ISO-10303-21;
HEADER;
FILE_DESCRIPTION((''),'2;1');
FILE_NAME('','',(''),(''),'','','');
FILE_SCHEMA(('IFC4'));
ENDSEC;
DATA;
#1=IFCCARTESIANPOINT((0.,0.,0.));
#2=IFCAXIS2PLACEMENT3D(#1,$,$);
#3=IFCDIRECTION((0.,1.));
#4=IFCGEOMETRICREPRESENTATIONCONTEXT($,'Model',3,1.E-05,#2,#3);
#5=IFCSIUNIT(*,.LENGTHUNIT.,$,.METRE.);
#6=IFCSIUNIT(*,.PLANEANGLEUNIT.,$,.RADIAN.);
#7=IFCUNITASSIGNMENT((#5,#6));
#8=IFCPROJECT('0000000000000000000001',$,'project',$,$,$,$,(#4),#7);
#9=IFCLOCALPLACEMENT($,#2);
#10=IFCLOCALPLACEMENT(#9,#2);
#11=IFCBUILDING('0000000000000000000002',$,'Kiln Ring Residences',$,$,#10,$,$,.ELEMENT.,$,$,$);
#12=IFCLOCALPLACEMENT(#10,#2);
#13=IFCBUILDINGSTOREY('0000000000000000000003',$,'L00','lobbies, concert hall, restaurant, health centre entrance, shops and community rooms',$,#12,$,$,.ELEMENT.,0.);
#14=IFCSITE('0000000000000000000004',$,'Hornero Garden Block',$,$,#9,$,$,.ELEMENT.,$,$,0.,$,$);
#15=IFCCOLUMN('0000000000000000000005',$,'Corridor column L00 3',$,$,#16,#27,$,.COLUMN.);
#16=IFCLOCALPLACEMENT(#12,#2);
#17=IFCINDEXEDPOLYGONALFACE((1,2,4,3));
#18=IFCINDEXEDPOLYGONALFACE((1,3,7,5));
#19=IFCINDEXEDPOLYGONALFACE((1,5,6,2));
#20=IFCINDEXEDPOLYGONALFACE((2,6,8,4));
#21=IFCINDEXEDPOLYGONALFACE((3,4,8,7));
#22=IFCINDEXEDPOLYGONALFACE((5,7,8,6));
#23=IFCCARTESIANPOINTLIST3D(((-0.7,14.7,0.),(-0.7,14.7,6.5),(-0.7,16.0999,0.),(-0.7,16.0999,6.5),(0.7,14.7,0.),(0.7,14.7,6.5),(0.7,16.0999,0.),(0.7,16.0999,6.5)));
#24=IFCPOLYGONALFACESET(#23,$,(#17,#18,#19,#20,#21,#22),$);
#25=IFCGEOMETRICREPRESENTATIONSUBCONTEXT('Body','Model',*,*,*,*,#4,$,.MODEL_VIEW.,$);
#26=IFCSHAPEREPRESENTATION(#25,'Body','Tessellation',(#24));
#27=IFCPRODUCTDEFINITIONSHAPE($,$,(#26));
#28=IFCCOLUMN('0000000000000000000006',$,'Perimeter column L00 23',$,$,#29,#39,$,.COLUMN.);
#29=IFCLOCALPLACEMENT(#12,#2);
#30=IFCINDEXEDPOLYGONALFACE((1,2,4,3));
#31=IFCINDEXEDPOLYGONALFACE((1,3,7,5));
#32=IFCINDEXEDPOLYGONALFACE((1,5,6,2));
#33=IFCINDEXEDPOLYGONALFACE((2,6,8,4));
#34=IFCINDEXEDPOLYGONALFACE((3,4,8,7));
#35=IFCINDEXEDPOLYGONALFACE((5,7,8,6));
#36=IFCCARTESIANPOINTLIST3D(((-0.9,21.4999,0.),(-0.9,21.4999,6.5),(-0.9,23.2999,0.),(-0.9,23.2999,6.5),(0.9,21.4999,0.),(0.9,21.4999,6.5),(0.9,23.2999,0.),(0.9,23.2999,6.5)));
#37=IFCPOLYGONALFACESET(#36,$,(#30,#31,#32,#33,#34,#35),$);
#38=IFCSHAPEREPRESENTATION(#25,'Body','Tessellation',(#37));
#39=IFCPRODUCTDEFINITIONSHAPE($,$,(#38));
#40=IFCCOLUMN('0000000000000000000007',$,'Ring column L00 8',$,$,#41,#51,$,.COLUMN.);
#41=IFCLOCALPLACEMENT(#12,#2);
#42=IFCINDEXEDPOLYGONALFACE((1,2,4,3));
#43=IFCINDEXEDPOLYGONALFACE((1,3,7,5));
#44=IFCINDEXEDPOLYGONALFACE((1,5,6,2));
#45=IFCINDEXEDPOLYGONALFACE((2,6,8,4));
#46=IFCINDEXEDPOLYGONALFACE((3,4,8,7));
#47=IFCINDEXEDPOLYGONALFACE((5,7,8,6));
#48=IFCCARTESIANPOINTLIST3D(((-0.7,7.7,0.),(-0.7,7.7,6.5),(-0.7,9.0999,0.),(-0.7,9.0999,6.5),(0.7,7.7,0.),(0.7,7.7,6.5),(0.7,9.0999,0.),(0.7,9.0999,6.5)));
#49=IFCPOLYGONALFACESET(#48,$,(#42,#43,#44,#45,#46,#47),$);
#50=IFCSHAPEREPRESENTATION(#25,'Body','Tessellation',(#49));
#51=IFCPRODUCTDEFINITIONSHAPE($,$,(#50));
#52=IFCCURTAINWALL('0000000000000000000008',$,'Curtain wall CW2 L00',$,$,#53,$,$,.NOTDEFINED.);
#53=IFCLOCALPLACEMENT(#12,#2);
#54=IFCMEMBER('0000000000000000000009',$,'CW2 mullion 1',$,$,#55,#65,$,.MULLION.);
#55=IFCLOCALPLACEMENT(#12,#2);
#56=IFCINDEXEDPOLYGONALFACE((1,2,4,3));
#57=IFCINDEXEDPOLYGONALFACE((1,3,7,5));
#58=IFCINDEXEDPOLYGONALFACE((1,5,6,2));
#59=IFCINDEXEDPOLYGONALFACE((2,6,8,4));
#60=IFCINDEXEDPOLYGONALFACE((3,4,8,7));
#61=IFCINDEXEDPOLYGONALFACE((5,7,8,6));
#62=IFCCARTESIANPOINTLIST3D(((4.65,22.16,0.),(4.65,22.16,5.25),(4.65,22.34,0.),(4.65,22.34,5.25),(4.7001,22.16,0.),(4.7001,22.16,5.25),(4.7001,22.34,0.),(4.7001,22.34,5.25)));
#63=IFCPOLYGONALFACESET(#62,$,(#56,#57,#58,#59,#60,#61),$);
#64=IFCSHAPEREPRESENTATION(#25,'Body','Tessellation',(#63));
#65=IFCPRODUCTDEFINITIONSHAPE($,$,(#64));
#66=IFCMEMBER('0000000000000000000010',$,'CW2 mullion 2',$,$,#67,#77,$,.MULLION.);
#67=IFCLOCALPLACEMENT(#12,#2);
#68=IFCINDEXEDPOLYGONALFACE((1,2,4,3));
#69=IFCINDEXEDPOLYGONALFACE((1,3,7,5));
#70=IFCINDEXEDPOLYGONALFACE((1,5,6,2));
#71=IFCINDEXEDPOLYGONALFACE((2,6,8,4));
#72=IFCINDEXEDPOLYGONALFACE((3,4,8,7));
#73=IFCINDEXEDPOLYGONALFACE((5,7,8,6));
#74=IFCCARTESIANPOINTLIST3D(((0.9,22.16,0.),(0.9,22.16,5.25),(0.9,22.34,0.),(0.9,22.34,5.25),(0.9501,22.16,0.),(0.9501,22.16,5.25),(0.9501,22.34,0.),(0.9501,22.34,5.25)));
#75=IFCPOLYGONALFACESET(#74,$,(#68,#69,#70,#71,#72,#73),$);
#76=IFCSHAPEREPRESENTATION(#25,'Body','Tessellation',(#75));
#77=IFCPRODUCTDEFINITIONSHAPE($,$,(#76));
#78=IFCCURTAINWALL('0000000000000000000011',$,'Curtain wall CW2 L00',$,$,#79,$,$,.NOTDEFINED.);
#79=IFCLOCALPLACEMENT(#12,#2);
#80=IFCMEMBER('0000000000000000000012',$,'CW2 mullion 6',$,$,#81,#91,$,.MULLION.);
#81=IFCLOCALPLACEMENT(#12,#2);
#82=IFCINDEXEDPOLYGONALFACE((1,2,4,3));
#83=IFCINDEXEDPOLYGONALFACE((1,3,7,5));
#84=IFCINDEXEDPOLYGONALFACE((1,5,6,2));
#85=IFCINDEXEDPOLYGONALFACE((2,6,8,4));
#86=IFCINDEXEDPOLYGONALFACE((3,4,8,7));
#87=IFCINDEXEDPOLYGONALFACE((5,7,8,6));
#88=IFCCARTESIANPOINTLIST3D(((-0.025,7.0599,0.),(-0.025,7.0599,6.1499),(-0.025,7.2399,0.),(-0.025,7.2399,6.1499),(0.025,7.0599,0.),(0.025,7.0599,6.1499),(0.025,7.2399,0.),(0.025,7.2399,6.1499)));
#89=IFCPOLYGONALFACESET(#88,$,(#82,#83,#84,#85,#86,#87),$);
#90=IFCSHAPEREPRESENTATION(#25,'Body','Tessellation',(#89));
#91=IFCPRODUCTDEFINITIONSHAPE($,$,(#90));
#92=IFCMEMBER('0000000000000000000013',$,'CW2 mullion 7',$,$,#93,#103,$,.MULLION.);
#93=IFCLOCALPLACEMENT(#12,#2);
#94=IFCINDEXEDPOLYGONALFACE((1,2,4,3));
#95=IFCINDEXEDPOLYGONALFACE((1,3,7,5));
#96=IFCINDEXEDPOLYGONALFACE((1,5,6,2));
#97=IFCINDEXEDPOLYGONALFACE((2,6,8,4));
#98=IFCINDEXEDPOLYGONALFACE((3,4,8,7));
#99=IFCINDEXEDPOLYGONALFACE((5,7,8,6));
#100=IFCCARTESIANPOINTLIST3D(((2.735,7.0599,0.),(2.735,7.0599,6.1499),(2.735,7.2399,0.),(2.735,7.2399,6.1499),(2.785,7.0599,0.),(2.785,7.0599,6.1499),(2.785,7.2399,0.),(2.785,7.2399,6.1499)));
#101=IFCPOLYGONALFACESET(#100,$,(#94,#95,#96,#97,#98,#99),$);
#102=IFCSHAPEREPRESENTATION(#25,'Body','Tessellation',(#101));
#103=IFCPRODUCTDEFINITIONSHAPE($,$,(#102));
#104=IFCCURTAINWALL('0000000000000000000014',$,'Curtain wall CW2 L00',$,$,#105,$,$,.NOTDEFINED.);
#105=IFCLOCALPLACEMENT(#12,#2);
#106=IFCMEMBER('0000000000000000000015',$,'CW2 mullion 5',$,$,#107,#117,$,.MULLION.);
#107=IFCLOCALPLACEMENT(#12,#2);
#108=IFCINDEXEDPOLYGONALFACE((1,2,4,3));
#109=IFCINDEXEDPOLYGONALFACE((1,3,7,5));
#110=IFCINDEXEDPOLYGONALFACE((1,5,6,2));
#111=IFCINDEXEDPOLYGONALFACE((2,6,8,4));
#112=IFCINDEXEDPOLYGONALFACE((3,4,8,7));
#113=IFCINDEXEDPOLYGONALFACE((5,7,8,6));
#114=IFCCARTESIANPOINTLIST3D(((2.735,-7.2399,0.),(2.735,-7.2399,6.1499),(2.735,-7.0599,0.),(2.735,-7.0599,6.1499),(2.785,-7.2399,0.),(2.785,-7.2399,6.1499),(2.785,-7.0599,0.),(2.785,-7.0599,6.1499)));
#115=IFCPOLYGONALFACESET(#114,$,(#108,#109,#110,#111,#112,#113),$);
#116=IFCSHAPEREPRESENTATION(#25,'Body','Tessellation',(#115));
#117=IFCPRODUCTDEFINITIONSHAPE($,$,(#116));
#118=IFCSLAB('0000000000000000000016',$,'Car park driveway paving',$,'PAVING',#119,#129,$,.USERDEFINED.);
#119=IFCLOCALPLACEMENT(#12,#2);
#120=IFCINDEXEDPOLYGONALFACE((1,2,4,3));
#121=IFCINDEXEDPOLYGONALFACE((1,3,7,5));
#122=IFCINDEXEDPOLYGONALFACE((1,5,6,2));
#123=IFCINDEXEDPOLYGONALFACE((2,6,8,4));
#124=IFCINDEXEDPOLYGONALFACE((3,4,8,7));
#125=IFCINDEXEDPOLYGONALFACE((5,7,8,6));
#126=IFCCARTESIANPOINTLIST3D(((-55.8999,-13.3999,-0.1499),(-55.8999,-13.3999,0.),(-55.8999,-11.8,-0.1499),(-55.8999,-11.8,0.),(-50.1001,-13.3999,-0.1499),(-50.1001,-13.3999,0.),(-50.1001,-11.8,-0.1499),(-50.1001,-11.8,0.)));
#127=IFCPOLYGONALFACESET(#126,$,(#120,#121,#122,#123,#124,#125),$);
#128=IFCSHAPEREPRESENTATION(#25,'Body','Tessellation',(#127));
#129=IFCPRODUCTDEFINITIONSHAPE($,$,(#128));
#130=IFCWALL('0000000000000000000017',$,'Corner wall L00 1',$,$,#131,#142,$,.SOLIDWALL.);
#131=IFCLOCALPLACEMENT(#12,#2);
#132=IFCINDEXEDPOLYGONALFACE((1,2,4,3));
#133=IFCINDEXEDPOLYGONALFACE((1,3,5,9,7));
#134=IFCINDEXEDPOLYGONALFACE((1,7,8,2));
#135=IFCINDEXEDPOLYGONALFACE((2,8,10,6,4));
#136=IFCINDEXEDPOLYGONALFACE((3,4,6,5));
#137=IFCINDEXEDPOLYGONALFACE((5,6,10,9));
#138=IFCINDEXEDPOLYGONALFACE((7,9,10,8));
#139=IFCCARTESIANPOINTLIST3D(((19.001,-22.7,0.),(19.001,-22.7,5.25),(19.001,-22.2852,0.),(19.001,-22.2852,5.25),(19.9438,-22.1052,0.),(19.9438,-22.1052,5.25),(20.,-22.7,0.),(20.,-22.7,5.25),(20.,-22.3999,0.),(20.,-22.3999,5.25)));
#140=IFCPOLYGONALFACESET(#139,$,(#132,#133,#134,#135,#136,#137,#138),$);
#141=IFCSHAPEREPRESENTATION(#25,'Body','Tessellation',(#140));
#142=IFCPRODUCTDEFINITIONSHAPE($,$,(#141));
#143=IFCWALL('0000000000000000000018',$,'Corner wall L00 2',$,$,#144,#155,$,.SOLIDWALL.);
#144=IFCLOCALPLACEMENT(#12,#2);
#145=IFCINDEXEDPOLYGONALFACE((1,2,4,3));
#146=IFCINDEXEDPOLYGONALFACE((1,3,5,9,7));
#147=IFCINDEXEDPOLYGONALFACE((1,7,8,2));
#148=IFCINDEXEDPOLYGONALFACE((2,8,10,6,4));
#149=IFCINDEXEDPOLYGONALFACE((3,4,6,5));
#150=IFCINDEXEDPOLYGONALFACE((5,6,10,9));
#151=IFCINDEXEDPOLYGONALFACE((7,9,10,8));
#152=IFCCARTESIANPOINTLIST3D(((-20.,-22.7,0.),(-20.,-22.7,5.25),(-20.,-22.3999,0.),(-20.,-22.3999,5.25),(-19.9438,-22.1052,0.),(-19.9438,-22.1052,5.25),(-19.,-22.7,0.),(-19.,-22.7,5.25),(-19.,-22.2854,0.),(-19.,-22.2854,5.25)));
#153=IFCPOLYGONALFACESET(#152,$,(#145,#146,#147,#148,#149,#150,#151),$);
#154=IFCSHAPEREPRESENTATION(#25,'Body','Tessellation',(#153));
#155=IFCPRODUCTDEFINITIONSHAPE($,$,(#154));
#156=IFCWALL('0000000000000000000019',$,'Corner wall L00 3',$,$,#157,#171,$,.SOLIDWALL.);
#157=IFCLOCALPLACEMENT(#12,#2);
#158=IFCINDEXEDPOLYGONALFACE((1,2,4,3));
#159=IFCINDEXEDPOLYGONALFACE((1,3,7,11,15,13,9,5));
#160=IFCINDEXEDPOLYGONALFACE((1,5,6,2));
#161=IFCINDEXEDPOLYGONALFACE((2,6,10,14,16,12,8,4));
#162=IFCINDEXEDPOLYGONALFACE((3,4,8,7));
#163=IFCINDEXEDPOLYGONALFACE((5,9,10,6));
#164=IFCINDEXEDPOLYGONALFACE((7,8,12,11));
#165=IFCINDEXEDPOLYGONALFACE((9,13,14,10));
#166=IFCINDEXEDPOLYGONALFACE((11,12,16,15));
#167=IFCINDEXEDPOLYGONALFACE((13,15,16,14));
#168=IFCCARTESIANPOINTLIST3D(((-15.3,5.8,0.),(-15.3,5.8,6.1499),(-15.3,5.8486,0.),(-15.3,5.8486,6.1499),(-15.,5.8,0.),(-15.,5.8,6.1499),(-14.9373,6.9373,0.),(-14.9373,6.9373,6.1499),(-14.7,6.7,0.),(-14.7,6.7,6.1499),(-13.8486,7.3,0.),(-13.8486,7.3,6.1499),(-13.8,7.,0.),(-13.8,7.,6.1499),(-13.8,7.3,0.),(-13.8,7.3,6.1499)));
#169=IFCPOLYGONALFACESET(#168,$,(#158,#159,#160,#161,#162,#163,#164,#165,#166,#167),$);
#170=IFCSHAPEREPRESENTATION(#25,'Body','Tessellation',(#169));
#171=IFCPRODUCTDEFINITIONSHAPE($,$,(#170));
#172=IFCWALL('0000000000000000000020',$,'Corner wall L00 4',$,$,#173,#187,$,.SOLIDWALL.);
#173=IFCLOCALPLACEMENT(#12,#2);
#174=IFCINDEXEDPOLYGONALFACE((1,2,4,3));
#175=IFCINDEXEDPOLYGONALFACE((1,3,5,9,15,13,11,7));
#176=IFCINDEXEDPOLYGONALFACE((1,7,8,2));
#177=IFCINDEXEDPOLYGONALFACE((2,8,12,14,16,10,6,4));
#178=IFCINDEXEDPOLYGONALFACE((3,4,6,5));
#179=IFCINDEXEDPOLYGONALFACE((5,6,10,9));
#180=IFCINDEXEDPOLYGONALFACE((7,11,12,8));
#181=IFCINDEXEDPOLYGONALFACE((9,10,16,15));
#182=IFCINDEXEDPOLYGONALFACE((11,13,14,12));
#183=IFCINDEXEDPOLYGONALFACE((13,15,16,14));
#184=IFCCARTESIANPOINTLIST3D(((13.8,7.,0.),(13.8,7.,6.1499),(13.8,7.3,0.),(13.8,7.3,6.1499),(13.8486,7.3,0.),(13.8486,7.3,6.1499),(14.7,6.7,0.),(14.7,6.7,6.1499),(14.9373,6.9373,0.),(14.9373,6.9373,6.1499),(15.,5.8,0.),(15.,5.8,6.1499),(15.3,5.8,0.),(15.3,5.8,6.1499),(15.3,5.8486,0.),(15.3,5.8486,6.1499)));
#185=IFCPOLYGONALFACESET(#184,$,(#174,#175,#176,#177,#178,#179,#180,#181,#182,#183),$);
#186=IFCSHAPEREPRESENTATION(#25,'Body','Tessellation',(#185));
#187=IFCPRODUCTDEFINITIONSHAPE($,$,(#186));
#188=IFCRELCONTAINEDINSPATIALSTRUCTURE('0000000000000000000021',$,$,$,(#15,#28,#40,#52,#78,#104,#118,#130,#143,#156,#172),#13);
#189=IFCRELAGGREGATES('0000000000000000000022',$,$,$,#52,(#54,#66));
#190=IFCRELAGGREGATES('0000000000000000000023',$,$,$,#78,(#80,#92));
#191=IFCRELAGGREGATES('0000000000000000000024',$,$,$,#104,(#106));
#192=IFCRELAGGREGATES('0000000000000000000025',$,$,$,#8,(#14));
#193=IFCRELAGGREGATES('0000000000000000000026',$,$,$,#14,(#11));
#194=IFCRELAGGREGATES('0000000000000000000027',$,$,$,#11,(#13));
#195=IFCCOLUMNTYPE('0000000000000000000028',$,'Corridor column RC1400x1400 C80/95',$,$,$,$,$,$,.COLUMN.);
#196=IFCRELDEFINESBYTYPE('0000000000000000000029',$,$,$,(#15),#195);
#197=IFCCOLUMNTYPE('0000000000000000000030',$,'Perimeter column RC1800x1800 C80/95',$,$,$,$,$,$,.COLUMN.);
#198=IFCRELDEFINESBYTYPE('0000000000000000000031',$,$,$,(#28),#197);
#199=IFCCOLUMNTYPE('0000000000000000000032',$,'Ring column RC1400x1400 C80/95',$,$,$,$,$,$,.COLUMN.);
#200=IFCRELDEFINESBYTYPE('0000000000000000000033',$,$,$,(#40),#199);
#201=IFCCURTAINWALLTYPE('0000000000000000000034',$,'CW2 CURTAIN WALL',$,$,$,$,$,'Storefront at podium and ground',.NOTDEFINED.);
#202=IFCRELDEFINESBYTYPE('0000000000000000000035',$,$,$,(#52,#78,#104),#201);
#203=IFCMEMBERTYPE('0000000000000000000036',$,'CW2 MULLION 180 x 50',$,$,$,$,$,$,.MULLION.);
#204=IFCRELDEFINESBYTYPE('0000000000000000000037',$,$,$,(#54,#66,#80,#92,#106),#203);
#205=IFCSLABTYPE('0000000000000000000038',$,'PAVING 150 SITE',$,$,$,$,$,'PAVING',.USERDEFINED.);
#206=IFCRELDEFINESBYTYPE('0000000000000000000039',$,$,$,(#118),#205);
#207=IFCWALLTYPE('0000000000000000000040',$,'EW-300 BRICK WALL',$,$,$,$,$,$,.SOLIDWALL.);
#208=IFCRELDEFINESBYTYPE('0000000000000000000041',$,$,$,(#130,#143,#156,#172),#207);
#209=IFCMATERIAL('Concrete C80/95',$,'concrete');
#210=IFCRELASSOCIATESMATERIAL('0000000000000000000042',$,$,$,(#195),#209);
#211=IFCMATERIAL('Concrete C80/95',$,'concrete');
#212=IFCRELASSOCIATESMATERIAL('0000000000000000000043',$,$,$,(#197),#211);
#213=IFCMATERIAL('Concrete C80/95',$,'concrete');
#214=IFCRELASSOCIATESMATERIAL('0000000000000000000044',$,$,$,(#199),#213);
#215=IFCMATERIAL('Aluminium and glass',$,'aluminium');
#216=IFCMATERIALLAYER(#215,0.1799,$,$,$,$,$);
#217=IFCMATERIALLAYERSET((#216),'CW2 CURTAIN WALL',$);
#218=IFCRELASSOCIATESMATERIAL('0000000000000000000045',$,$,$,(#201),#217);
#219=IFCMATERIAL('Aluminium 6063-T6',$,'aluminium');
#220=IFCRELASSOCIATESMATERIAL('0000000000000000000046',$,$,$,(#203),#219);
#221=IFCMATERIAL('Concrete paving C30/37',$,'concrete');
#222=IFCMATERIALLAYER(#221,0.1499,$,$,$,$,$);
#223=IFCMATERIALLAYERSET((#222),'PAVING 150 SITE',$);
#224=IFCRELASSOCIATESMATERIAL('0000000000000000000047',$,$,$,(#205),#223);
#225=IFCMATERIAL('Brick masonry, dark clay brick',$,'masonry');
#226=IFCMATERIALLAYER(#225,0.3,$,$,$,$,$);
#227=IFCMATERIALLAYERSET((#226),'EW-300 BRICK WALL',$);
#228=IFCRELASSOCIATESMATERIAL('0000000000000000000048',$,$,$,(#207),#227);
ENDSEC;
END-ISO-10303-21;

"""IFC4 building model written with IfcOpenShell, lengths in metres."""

from ifc_helpers import new_model, si_unit, direction, frame, origin, origin_2d, place, context, subcontext, project, spatial, polyline, rectangle, outline, extrude, material, layer, layer_set, material_profile, profile_set, type_object, element, aggregate, save


model = new_model("IFC4")

# Units and contexts
model_context = context("Model", 3, precision=1e-05, world=origin(), true_north=direction((0.0, 1.0)))
body_context = subcontext(model_context, "Body", "Model", "MODEL_VIEW")
ifc_project = project(units=[si_unit("LENGTHUNIT", "METRE"), si_unit("PLANEANGLEUNIT", "RADIAN")], contexts=[model_context])

# Site, building, storey
site_placement = place(None, origin())
site = spatial("IfcSite", under=ifc_project, at=site_placement, Name="Hornero Garden Block", CompositionType="ELEMENT", RefElevation=0.0)
building_placement = place(site_placement, origin())
building = spatial("IfcBuilding", under=site, at=building_placement, Name="Kiln Ring Residences", CompositionType="ELEMENT")
storey_placement = place(building_placement, origin())
storey = spatial("IfcBuildingStorey", under=building, at=storey_placement, Name="L00", Description="lobbies, concert hall, restaurant, health centre entrance, shops and community rooms", CompositionType="ELEMENT", Elevation=0.0)

# Columns
ifc_material_1 = material(Name="Concrete C80/95", Category="concrete")
ifc_material_profile_1 = material_profile(ifc_material_1, rectangle(XDim=1.3999, YDim=1.3999, at=origin_2d()), Name="RC1400x1400")
ifc_profile_set_1 = profile_set([ifc_material_profile_1], Name="Concrete C80/95")
column_type_1 = type_object("IfcColumnType", Name="Corridor column RC1400x1400 C80/95", PredefinedType="COLUMN", material=ifc_profile_set_1)
column_1_placement = place(storey_placement, frame((0.0, 15.3999, 0.0), z_axis=(0.0, 0.0, 1.0), x_axis=(1.0, 0.0, 0.0)))
element("IfcColumn", 1, at=column_1_placement, inside=storey, type_object=column_type_1, Name="Corridor column L00 3", PredefinedType="COLUMN", context=body_context, shape_type="SweptSolid", body=[
    extrude(rectangle(XDim=1.3999, YDim=1.3999, at=origin_2d()), origin(), (0.0, 0.0, 1.0), 6.5),
])
ifc_material_2 = material(Name="Concrete C80/95", Category="concrete")
ifc_material_profile_2 = material_profile(ifc_material_2, rectangle(XDim=1.8, YDim=1.8, at=origin_2d()), Name="RC1800x1800")
ifc_profile_set_2 = profile_set([ifc_material_profile_2], Name="Concrete C80/95")
column_type_2 = type_object("IfcColumnType", Name="Perimeter column RC1800x1800 C80/95", PredefinedType="COLUMN", material=ifc_profile_set_2)
column_2_placement = place(storey_placement, frame((0.0, 22.3999, 0.0), z_axis=(0.0, 0.0, 1.0), x_axis=(1.0, 0.0, 0.0)))
element("IfcColumn", 2, at=column_2_placement, inside=storey, type_object=column_type_2, Name="Perimeter column L00 23", PredefinedType="COLUMN", context=body_context, shape_type="SweptSolid", body=[
    extrude(rectangle(XDim=1.8, YDim=1.8, at=origin_2d()), origin(), (0.0, 0.0, 1.0), 6.5),
])
ifc_material_3 = material(Name="Concrete C80/95", Category="concrete")
ifc_material_profile_3 = material_profile(ifc_material_3, rectangle(XDim=1.3999, YDim=1.3999, at=origin_2d()), Name="RC1400x1400")
ifc_profile_set_3 = profile_set([ifc_material_profile_3], Name="Concrete C80/95")
column_type_3 = type_object("IfcColumnType", Name="Ring column RC1400x1400 C80/95", PredefinedType="COLUMN", material=ifc_profile_set_3)
column_3_placement = place(storey_placement, frame((0.0, 8.3999, 0.0), z_axis=(0.0, 0.0, 1.0), x_axis=(1.0, 0.0, 0.0)))
element("IfcColumn", 3, at=column_3_placement, inside=storey, type_object=column_type_3, Name="Ring column L00 8", PredefinedType="COLUMN", context=body_context, shape_type="SweptSolid", body=[
    extrude(rectangle(XDim=1.3999, YDim=1.3999, at=origin_2d()), origin(), (0.0, 0.0, 1.0), 6.5),
])

# Curtain walls, members
ifc_material_4 = material(Name="Aluminium and glass", Category="aluminium")
ifc_layer_1 = layer(ifc_material_4, 0.1799)
ifc_layer_set_1 = layer_set([ifc_layer_1], Name="CW2 CURTAIN WALL")
curtain_wall_type = type_object("IfcCurtainWallType", Name="CW2 CURTAIN WALL", ElementType="Storefront at podium and ground", PredefinedType="NOTDEFINED", material=ifc_layer_set_1)
placement_1 = place(storey_placement, origin())
curtain_wall_1 = element("IfcCurtainWall", 4, at=placement_1, inside=storey, type_object=curtain_wall_type, Name="Curtain wall CW2 L00", PredefinedType="NOTDEFINED")
ifc_material_5 = material(Name="Aluminium 6063-T6", Category="aluminium")
ifc_material_profile_4 = material_profile(ifc_material_5, rectangle(XDim=0.1799, YDim=0.05, at=origin_2d()), Name="AL 180x50")
ifc_profile_set_4 = profile_set([ifc_material_profile_4], Name="Aluminium 6063-T6")
member_type = type_object("IfcMemberType", Name="CW2 MULLION 180 x 50", PredefinedType="MULLION", material=ifc_profile_set_4)
member_1_placement = place(storey_placement, frame((4.675, 22.25, 0.0), z_axis=(0.0, 0.0, 1.0), x_axis=(0.0, -1.0, 0.0)))
member_1 = element("IfcMember", 5, at=member_1_placement, type_object=member_type, Name="CW2 mullion 1", PredefinedType="MULLION", context=body_context, shape_type="SweptSolid", body=[
    extrude(rectangle(XDim=0.1799, YDim=0.05, at=origin_2d()), origin(), (0.0, 0.0, 1.0), 5.25),
])
member_2_placement = place(storey_placement, frame((0.925, 22.25, 0.0), z_axis=(0.0, 0.0, 1.0), x_axis=(0.0, -1.0, 0.0)))
member_2 = element("IfcMember", 6, at=member_2_placement, type_object=member_type, Name="CW2 mullion 2", PredefinedType="MULLION", context=body_context, shape_type="SweptSolid", body=[
    extrude(rectangle(XDim=0.1799, YDim=0.05, at=origin_2d()), origin(), (0.0, 0.0, 1.0), 5.25),
])
aggregate(curtain_wall_1, [member_1, member_2])
curtain_wall_2 = element("IfcCurtainWall", 7, at=placement_1, inside=storey, type_object=curtain_wall_type, Name="Curtain wall CW2 L00", PredefinedType="NOTDEFINED")
member_3_placement = place(storey_placement, frame((0.0, 7.1499, 0.0), z_axis=(0.0, 0.0, 1.0), x_axis=(0.0, 1.0, 0.0)))
member_3 = element("IfcMember", 8, at=member_3_placement, type_object=member_type, Name="CW2 mullion 6", PredefinedType="MULLION", context=body_context, shape_type="SweptSolid", body=[
    extrude(rectangle(XDim=0.1799, YDim=0.05, at=origin_2d()), origin(), (0.0, 0.0, 1.0), 6.1499),
])
member_4_placement = place(storey_placement, frame((2.76, 7.1499, 0.0), z_axis=(0.0, 0.0, 1.0), x_axis=(0.0, 1.0, 0.0)))
member_4 = element("IfcMember", 9, at=member_4_placement, type_object=member_type, Name="CW2 mullion 7", PredefinedType="MULLION", context=body_context, shape_type="SweptSolid", body=[
    extrude(rectangle(XDim=0.1799, YDim=0.05, at=origin_2d()), origin(), (0.0, 0.0, 1.0), 6.1499),
])
aggregate(curtain_wall_2, [member_3, member_4])

# Curtain wall, member
curtain_wall_3 = element("IfcCurtainWall", 10, at=placement_1, inside=storey, type_object=curtain_wall_type, Name="Curtain wall CW2 L00", PredefinedType="NOTDEFINED")
member_5_placement = place(storey_placement, frame((2.76, -7.1499, 0.0), z_axis=(0.0, 0.0, 1.0), x_axis=(0.0, -1.0, 0.0)))
member_5 = element("IfcMember", 11, at=member_5_placement, type_object=member_type, Name="CW2 mullion 5", PredefinedType="MULLION", context=body_context, shape_type="SweptSolid", body=[
    extrude(rectangle(XDim=0.1799, YDim=0.05, at=origin_2d()), origin(), (0.0, 0.0, 1.0), 6.1499),
])
aggregate(curtain_wall_3, [member_5])

# Slab
ifc_material_6 = material(Name="Concrete paving C30/37", Category="concrete")
ifc_layer_2 = layer(ifc_material_6, 0.1499)
ifc_layer_set_2 = layer_set([ifc_layer_2], Name="PAVING 150 SITE")
slab_type = type_object("IfcSlabType", Name="PAVING 150 SITE", ElementType="PAVING", PredefinedType="USERDEFINED", material=ifc_layer_set_2)
placement_2 = place(storey_placement, frame((0.0, 0.0, -0.1499)))
element("IfcSlab", 12, at=placement_2, inside=storey, type_object=slab_type, Name="Car park driveway paving", ObjectType="PAVING", PredefinedType="USERDEFINED", context=body_context, shape_type="SweptSolid", body=[
    extrude(outline(polyline([(-55.8999, -13.3999), (-50.1001, -13.3999), (-50.1001, -11.8), (-55.8999, -11.8), (-55.8999, -13.3999)])), origin(), (0.0, 0.0, 1.0), 0.1499),
])

# Walls
ifc_material_7 = material(Name="Brick masonry, dark clay brick", Category="masonry")
ifc_layer_3 = layer(ifc_material_7, 0.3)
ifc_layer_set_3 = layer_set([ifc_layer_3], Name="EW-300 BRICK WALL")
wall_type_1 = type_object("IfcWallType", Name="EW-300 BRICK WALL", PredefinedType="SOLIDWALL", material=ifc_layer_set_3)
element("IfcWall", 13, at=placement_1, inside=storey, type_object=wall_type_1, Name="Corner wall L00 1", PredefinedType="SOLIDWALL", context=body_context, shape_type="SweptSolid", body=[
    extrude(outline(polyline([(19.9438, -22.1052), (19.001, -22.2852), (19.001, -22.7), (20.0, -22.7), (20.0, -22.3999), (19.9438, -22.1052)])), origin(), (0.0, 0.0, 1.0), 5.25),
])
element("IfcWall", 14, at=placement_1, inside=storey, type_object=wall_type_1, Name="Corner wall L00 2", PredefinedType="SOLIDWALL", context=body_context, shape_type="SweptSolid", body=[
    extrude(outline(polyline([(-20.0, -22.7), (-19.0, -22.7), (-19.0, -22.2854), (-19.9438, -22.1052), (-20.0, -22.3999), (-20.0, -22.7)])), origin(), (0.0, 0.0, 1.0), 5.25),
])
element("IfcWall", 15, at=placement_1, inside=storey, type_object=wall_type_1, Name="Corner wall L00 3", PredefinedType="SOLIDWALL", context=body_context, shape_type="SweptSolid", body=[
    extrude(outline(polyline([(-13.8486, 7.3), (-14.9373, 6.9373), (-15.3, 5.8486), (-15.3, 5.8), (-15.0, 5.8), (-14.7, 6.7), (-13.8, 7.0), (-13.8, 7.3), (-13.8486, 7.3)])), origin(), (0.0, 0.0, 1.0), 6.1499),
])
element("IfcWall", 16, at=placement_1, inside=storey, type_object=wall_type_1, Name="Corner wall L00 4", PredefinedType="SOLIDWALL", context=body_context, shape_type="SweptSolid", body=[
    extrude(outline(polyline([(14.9373, 6.9373), (13.8486, 7.3), (13.8, 7.3), (13.8, 7.0), (14.7, 6.7), (15.0, 5.8), (15.3, 5.8), (15.3, 5.8486), (14.9373, 6.9373)])), origin(), (0.0, 0.0, 1.0), 6.1499),
])

save(model, "model.ifc")
